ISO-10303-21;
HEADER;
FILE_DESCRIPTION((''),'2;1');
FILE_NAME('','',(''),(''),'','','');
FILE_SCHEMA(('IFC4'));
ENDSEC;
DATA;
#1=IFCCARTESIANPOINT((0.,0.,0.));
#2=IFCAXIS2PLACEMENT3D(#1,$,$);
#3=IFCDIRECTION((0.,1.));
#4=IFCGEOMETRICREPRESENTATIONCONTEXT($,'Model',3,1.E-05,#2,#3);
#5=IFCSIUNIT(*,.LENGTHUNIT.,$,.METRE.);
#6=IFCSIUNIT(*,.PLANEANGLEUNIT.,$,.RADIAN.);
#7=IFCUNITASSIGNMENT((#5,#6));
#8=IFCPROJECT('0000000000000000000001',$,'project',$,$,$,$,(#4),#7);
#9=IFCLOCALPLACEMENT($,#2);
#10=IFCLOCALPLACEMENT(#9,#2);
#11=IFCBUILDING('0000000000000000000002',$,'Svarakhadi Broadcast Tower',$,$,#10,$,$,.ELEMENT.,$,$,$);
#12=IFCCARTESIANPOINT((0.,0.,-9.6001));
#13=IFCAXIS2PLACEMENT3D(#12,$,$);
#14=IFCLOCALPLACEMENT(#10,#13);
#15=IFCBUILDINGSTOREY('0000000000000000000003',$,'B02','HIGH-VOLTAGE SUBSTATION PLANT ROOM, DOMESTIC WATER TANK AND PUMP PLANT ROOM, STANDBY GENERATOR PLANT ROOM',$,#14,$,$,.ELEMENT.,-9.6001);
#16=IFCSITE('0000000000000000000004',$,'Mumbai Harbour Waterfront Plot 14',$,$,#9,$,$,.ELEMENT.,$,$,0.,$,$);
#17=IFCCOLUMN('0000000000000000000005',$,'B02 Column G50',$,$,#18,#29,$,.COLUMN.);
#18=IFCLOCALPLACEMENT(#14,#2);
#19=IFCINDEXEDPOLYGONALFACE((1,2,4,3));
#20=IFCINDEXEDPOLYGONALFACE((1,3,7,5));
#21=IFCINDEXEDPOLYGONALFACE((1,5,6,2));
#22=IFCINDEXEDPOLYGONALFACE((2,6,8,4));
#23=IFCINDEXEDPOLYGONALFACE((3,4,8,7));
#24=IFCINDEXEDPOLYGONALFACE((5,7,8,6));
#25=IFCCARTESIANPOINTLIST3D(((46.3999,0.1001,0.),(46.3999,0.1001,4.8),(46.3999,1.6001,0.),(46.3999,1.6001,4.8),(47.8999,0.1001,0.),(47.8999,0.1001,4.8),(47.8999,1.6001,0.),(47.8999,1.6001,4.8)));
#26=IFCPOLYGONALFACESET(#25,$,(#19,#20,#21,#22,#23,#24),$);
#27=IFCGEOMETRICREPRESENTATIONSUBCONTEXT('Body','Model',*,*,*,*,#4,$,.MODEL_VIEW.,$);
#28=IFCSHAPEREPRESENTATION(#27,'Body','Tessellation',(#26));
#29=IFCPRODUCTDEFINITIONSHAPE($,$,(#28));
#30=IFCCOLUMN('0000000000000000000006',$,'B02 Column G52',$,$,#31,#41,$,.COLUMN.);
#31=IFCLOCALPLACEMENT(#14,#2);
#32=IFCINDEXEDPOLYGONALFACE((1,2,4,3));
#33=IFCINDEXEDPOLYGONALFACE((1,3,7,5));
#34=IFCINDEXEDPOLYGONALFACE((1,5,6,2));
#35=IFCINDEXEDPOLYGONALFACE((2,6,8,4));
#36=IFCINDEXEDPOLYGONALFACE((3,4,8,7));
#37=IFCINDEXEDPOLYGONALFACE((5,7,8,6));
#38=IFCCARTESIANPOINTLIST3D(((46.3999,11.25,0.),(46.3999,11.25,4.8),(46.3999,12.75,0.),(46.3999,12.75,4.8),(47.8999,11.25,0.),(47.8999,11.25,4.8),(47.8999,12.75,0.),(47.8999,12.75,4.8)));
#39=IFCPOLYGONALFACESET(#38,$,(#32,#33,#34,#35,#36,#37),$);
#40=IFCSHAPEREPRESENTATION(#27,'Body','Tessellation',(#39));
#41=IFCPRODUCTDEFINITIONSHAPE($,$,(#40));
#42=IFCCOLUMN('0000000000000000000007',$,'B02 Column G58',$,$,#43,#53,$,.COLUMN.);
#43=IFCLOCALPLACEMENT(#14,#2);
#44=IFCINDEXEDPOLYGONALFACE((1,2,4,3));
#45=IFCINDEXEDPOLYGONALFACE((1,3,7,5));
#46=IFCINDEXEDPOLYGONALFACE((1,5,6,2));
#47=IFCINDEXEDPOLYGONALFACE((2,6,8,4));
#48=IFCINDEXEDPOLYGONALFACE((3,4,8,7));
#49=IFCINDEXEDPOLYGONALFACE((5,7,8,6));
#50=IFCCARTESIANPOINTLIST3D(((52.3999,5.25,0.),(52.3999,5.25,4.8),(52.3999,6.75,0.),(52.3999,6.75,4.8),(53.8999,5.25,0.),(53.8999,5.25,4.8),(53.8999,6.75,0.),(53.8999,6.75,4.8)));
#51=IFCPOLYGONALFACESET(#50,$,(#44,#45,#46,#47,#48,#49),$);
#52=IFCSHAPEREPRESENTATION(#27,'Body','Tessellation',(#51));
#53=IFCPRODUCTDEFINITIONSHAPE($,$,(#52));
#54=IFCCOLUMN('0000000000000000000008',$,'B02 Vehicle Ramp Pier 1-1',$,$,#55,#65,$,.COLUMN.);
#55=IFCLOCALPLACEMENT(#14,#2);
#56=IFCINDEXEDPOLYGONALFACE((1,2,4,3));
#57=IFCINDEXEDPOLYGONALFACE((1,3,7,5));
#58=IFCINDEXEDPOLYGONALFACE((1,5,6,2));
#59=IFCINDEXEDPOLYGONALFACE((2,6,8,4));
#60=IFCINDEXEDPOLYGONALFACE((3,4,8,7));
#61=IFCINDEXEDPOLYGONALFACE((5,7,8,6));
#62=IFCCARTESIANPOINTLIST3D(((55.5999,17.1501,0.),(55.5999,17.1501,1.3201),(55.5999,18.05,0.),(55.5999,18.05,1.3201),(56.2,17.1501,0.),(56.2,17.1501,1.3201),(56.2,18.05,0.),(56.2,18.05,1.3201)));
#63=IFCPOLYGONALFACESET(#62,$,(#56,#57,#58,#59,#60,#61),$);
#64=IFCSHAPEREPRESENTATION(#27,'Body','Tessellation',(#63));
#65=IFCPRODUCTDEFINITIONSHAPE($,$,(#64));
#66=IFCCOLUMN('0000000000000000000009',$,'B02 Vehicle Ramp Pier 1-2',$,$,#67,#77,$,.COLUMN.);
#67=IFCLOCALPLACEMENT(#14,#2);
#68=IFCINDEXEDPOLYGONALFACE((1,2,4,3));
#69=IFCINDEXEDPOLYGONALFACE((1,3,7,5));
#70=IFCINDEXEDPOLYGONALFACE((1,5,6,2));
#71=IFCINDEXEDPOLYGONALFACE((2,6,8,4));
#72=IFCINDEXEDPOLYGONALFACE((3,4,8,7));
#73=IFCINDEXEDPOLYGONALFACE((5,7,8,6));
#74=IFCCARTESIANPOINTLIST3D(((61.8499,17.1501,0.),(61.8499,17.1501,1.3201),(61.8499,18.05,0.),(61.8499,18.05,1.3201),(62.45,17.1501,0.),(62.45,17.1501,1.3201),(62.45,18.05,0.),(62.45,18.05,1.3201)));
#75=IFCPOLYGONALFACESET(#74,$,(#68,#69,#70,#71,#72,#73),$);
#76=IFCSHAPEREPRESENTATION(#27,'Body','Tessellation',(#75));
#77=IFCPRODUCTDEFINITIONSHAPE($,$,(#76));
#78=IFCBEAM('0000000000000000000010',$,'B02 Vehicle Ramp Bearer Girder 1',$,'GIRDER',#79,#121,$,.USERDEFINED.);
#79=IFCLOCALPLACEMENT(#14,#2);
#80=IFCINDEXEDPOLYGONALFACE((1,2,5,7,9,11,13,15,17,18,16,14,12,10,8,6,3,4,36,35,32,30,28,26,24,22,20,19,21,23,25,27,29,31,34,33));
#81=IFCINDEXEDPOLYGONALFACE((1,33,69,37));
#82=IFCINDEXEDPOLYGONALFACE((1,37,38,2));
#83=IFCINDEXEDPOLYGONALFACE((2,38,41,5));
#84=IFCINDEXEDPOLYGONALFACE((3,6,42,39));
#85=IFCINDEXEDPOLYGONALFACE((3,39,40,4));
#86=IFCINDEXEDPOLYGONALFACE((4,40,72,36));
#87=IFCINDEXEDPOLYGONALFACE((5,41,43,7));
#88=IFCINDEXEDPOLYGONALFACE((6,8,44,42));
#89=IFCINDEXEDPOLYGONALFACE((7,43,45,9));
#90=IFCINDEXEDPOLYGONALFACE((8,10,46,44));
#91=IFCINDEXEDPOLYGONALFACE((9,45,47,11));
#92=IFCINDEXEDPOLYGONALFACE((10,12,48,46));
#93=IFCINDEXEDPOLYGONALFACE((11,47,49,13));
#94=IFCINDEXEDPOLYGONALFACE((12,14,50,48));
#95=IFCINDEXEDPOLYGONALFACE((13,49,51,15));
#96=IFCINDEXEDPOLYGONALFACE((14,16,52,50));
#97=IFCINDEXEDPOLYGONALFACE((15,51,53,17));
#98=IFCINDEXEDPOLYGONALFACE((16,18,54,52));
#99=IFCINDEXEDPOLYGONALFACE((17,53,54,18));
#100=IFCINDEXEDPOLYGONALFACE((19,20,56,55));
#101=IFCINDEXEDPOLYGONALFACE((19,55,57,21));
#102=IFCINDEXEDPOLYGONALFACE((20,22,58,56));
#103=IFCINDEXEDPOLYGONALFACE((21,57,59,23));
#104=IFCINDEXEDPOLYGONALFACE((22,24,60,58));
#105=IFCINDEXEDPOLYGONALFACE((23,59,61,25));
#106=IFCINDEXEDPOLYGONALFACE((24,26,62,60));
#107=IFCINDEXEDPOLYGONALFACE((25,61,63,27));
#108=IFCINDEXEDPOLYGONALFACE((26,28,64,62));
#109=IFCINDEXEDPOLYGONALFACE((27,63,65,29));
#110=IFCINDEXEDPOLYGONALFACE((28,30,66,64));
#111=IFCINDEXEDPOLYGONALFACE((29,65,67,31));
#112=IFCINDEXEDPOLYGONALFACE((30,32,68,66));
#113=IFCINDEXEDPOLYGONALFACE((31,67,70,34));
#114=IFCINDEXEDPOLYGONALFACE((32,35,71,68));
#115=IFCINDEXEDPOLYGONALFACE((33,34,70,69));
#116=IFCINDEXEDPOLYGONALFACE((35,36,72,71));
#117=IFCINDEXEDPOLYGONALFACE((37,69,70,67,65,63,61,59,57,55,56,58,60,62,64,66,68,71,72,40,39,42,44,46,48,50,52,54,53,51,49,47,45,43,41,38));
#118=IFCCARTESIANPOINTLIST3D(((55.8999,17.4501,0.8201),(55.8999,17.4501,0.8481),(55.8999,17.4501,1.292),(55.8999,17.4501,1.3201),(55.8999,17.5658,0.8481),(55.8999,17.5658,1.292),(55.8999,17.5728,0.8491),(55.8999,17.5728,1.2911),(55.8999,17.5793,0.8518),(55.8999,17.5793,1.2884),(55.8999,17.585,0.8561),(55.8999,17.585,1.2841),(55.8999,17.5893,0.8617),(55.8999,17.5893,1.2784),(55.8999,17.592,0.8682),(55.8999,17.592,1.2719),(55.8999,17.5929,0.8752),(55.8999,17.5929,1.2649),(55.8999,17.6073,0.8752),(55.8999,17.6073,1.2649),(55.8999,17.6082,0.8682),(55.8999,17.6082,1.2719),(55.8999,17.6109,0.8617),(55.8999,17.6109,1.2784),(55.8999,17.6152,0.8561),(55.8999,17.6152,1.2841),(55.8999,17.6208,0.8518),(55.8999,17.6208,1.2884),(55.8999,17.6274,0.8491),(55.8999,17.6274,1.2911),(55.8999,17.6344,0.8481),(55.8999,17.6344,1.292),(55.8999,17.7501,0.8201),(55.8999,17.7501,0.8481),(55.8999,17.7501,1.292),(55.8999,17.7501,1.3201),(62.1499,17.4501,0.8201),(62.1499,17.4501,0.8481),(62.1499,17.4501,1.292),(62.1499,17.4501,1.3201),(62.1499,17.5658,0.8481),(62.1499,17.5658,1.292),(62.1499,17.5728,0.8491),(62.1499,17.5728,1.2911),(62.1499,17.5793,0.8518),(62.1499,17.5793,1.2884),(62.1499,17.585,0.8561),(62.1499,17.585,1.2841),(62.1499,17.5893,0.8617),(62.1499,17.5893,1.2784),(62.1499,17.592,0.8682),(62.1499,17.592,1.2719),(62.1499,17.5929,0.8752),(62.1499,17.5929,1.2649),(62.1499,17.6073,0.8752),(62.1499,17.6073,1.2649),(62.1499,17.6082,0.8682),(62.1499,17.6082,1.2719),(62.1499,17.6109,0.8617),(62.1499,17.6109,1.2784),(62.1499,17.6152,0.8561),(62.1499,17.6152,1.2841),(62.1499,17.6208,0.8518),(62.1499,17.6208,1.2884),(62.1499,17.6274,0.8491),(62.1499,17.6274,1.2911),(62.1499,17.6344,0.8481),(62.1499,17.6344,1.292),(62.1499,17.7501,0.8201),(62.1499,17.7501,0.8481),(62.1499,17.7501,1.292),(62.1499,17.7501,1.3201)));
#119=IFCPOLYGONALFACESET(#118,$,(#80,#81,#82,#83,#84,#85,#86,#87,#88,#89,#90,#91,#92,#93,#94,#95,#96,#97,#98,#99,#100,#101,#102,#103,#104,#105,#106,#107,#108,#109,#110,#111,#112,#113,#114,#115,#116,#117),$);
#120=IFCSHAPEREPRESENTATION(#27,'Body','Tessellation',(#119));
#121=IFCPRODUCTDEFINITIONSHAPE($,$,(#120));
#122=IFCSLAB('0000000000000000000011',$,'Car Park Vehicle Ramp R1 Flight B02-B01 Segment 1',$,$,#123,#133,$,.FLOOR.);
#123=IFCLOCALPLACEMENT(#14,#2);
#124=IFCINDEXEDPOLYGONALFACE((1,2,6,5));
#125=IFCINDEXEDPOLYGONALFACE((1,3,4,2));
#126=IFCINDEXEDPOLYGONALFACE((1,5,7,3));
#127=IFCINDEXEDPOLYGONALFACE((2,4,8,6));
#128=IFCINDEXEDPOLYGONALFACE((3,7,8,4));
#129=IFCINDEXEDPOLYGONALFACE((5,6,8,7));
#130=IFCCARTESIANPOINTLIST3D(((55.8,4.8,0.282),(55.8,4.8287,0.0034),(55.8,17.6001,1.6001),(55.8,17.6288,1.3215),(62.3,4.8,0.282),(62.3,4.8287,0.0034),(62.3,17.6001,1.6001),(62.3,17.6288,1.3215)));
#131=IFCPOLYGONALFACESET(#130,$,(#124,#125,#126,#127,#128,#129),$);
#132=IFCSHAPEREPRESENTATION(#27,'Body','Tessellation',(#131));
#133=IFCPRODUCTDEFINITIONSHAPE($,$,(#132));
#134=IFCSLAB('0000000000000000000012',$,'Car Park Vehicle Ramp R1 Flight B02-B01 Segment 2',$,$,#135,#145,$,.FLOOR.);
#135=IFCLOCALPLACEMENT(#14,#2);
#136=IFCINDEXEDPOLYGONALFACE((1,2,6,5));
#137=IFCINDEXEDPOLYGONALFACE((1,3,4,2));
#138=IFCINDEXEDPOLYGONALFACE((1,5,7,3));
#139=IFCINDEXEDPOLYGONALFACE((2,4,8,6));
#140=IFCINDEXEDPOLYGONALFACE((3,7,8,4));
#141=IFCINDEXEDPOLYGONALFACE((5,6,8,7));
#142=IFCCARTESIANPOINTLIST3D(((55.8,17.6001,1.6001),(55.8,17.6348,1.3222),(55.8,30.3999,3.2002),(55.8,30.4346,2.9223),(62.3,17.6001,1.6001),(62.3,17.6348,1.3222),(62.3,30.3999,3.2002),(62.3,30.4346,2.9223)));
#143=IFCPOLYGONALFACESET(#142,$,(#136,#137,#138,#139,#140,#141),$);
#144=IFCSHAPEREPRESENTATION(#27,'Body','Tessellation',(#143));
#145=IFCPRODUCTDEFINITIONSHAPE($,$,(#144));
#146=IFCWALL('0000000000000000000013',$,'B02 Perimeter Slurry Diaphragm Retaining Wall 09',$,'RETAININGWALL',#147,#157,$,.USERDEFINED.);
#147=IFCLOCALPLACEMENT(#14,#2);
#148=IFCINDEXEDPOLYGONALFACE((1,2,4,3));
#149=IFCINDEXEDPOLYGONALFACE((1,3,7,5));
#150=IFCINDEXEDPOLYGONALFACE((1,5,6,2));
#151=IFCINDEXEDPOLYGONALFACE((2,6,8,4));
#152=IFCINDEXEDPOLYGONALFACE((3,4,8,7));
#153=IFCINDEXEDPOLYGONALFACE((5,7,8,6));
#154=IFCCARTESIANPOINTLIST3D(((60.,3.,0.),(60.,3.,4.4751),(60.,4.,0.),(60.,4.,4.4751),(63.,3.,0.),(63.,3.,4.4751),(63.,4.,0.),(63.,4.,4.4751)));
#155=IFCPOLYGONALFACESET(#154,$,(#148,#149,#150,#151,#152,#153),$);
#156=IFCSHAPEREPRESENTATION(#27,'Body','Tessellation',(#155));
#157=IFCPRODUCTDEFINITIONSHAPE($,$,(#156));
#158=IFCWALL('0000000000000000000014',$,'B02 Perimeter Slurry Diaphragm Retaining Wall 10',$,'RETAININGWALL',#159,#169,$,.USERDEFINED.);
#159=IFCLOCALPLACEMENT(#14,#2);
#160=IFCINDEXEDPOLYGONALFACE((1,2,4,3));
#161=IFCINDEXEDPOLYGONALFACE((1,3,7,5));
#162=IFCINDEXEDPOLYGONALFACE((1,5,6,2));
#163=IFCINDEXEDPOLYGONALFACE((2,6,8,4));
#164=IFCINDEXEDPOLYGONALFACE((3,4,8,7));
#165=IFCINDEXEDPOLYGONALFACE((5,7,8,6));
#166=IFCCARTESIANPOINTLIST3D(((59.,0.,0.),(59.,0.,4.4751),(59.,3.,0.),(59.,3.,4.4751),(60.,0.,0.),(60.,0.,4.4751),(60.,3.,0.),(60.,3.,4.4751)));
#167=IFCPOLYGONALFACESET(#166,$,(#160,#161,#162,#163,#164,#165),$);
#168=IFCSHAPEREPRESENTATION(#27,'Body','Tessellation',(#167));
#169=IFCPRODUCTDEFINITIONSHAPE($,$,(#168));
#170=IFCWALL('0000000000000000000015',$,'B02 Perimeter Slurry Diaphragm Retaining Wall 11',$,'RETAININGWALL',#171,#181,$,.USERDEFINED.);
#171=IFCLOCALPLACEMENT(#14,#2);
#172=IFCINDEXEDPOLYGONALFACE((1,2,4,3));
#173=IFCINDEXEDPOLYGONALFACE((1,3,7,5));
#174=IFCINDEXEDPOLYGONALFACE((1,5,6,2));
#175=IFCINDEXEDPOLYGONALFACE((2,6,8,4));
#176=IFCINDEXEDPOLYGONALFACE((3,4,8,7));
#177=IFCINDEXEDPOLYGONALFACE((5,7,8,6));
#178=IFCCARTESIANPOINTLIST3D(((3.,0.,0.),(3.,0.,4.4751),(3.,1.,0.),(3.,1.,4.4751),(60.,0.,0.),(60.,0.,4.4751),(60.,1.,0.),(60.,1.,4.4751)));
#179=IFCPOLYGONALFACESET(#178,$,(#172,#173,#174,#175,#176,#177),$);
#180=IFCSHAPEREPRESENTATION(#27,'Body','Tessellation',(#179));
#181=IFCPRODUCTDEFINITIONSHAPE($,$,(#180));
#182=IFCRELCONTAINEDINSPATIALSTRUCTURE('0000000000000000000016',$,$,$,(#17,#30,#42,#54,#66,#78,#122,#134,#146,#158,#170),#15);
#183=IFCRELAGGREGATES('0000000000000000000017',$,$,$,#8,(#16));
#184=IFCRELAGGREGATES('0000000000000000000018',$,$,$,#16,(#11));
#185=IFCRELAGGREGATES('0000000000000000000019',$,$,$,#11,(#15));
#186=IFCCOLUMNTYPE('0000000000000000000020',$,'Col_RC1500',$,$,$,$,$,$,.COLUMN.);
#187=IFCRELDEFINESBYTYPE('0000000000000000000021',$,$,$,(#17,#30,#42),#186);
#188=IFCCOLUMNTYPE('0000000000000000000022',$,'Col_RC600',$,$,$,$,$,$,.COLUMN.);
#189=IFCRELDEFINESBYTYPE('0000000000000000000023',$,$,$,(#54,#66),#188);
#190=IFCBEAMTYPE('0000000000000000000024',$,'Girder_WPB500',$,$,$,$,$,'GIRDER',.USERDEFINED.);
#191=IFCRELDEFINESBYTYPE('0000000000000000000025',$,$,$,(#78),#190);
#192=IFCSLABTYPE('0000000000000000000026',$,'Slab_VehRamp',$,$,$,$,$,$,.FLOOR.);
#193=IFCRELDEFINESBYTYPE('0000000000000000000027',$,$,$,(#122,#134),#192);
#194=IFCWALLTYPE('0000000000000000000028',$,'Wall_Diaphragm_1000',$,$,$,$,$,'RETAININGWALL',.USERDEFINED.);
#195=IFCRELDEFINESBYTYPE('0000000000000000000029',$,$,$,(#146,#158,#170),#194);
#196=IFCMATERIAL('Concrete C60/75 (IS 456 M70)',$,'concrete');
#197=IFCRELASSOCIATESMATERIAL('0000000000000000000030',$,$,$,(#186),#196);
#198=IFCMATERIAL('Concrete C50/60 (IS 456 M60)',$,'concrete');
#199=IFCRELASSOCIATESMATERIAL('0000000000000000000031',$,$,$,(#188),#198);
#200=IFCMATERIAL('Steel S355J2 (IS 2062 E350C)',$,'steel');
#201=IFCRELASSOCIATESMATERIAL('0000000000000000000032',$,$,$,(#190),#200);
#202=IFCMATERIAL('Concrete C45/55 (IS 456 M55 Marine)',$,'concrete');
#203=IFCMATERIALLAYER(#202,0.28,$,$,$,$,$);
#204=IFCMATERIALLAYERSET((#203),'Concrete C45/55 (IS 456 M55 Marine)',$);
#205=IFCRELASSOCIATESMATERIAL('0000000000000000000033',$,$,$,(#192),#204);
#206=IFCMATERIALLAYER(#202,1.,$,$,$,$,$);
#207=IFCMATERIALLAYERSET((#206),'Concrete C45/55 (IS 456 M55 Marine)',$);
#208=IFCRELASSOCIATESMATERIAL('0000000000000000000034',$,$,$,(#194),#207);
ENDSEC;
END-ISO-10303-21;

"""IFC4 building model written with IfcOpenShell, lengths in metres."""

from ifc_helpers import new_model, si_unit, direction, frame, frame_2d, origin, origin_2d, place, context, subcontext, project, spatial, polyline, rectangle, i_section, outline, extrude, material, layer, layer_set, material_profile, profile_set, type_object, element, save


model = new_model("IFC4")

# Units and contexts
model_context = context("Model", 3, precision=1e-05, world=origin(), true_north=direction((0.0, 1.0)))
body_context = subcontext(model_context, "Body", "Model", "MODEL_VIEW")
ifc_project = project(units=[si_unit("LENGTHUNIT", "METRE"), si_unit("PLANEANGLEUNIT", "RADIAN")], contexts=[model_context])

# Site, building, storey
site_placement = place(None, origin())
site = spatial("IfcSite", under=ifc_project, at=site_placement, Name="Mumbai Harbour Waterfront Plot 14", CompositionType="ELEMENT", RefElevation=0.0)
building_placement = place(site_placement, origin())
building = spatial("IfcBuilding", under=site, at=building_placement, Name="Svarakhadi Broadcast Tower", CompositionType="ELEMENT")
storey_placement = place(building_placement, frame((0.0, 0.0, -9.6001)))
storey = spatial("IfcBuildingStorey", under=building, at=storey_placement, Name="B02", Description="HIGH-VOLTAGE SUBSTATION PLANT ROOM, DOMESTIC WATER TANK AND PUMP PLANT ROOM, STANDBY GENERATOR PLANT ROOM", CompositionType="ELEMENT", Elevation=-9.6001)

# Shared definitions
ifc_material_1 = material(Name="Concrete C45/55 (IS 456 M55 Marine)", Category="concrete")

# Columns
ifc_material_2 = material(Name="Concrete C50/60 (IS 456 M60)", Category="concrete")
ifc_material_3 = material(Name="Concrete C60/75 (IS 456 M70)", Category="concrete")
ifc_material_profile_1 = material_profile(ifc_material_3, rectangle(XDim=1.5, YDim=1.5, at=origin_2d()), Name="RC 1500x1500")
ifc_profile_set_1 = profile_set([ifc_material_profile_1], Name="Concrete C60/75 (IS 456 M70)")
column_type_1 = type_object("IfcColumnType", Name="Col_RC1500", PredefinedType="COLUMN", material=ifc_profile_set_1)
for number, where, z_axis, x_axis, name in (
    (1, (47.1499, 0.8501, 0.0), (0.0, 0.0, 1.0), (1.0, 0.0, 0.0), "B02 Column G50"),
    (2, (47.1499, 12.0, 0.0), (0.0, 0.0, 1.0), (1.0, 0.0, 0.0), "B02 Column G52"),
    (3, (53.1499, 6.0, 0.0), (0.0, 0.0, 1.0), (1.0, 0.0, 0.0), "B02 Column G58"),
):
    element("IfcColumn", number, at=place(storey_placement, frame(where, z_axis=z_axis, x_axis=x_axis)), inside=storey, type_object=column_type_1, Name=name, PredefinedType="COLUMN", context=body_context, shape_type="SweptSolid", body=[
        extrude(rectangle(XDim=1.5, YDim=1.5, at=origin_2d()), origin(), (0.0, 0.0, 1.0), 4.8),
    ])
ifc_material_profile_2 = material_profile(ifc_material_2, rectangle(XDim=0.6001, YDim=0.8999, at=origin_2d()), Name="RC 600x900")
ifc_profile_set_2 = profile_set([ifc_material_profile_2], Name="Concrete C50/60 (IS 456 M60)")
column_type_2 = type_object("IfcColumnType", Name="Col_RC600", PredefinedType="COLUMN", material=ifc_profile_set_2)
for number, where, z_axis, x_axis, name in (
    (4, (55.8999, 17.6001, 0.0), (0.0, 0.0, 1.0), (1.0, 0.0, 0.0), "B02 Vehicle Ramp Pier 1-1"),
    (5, (62.1499, 17.6001, 0.0), (0.0, 0.0, 1.0), (1.0, 0.0, 0.0), "B02 Vehicle Ramp Pier 1-2"),
):
    element("IfcColumn", number, at=place(storey_placement, frame(where, z_axis=z_axis, x_axis=x_axis)), inside=storey, type_object=column_type_2, Name=name, PredefinedType="COLUMN", context=body_context, shape_type="SweptSolid", body=[
        extrude(rectangle(XDim=0.6001, YDim=0.8999, at=origin_2d()), origin(), (0.0, 0.0, 1.0), 1.3201),
    ])

# Beam
ifc_material_4 = material(Name="Steel S355J2 (IS 2062 E350C)", Category="steel")
ifc_material_profile_3 = material_profile(ifc_material_4, i_section(OverallWidth=0.3, OverallDepth=0.5, WebThickness=0.0144, FlangeThickness=0.0281, FilletRadius=0.0271, at=origin_2d()), Name="WPB 500x300x187")
ifc_profile_set_3 = profile_set([ifc_material_profile_3], Name="Steel S355J2 (IS 2062 E350C)")
beam_type = type_object("IfcBeamType", Name="Girder_WPB500", ElementType="GIRDER", PredefinedType="USERDEFINED", material=ifc_profile_set_3)
beam_placement = place(storey_placement, frame((55.8999, 17.6001, 1.0701), z_axis=(1.0, 0.0, 0.0), x_axis=(0.0, 1.0, 0.0)))
element("IfcBeam", 6, at=beam_placement, inside=storey, type_object=beam_type, Name="B02 Vehicle Ramp Bearer Girder 1", ObjectType="GIRDER", PredefinedType="USERDEFINED", context=body_context, shape_type="SweptSolid", body=[
    extrude(i_section(OverallWidth=0.3, OverallDepth=0.5, WebThickness=0.0144, FlangeThickness=0.0281, FilletRadius=0.0271, at=origin_2d()), origin(), (0.0, 0.0, 1.0), 6.25),
])

# Slabs
ifc_layer_1 = layer(ifc_material_1, 0.28)
ifc_layer_set_1 = layer_set([ifc_layer_1], Name="Concrete C45/55 (IS 456 M55 Marine)")
slab_type = type_object("IfcSlabType", Name="Slab_VehRamp", PredefinedType="FLOOR", material=ifc_layer_set_1)
slab_1_placement = place(storey_placement, frame((55.8, 4.8, 0.282), z_axis=(0.0, -0.102436, 0.99474), x_axis=(1.0, 0.0, 0.0)))
element("IfcSlab", 7, at=slab_1_placement, inside=storey, type_object=slab_type, Name="Car Park Vehicle Ramp R1 Flight B02-B01 Segment 1", PredefinedType="FLOOR", context=body_context, shape_type="SweptSolid", body=[
    extrude(outline(polyline([(0.0, 0.0), (6.5, 0.0), (6.5, 12.8677), (0.0, 12.8677), (0.0, 0.0)])), origin(), (0.0, 0.0, -1.0), 0.28),
])
slab_2_placement = place(storey_placement, frame((55.8, 17.6001, 1.6001), z_axis=(0.0, -0.124044, 0.992277), x_axis=(1.0, 0.0, 0.0)))
element("IfcSlab", 8, at=slab_2_placement, inside=storey, type_object=slab_type, Name="Car Park Vehicle Ramp R1 Flight B02-B01 Segment 2", PredefinedType="FLOOR", context=body_context, shape_type="SweptSolid", body=[
    extrude(outline(polyline([(0.0, 0.0), (6.5, 0.0), (6.5, 12.8994), (0.0, 12.8994), (0.0, 0.0)])), origin(), (0.0, 0.0, -1.0), 0.28),
])

# Walls
ifc_layer_2 = layer(ifc_material_1, 1.0)
ifc_layer_set_2 = layer_set([ifc_layer_2], Name="Concrete C45/55 (IS 456 M55 Marine)")
wall_type = type_object("IfcWallType", Name="Wall_Diaphragm_1000", ElementType="RETAININGWALL", PredefinedType="USERDEFINED", material=ifc_layer_set_2)
for number, where, z_axis, x_axis, name in (
    (9, (63.0, 3.5, 0.0), (0.0, 0.0, 1.0), (-1.0, 0.0, 0.0), "B02 Perimeter Slurry Diaphragm Retaining Wall 09"),
    (10, (59.5, 3.0, 0.0), (0.0, 0.0, 1.0), (0.0, -1.0, 0.0), "B02 Perimeter Slurry Diaphragm Retaining Wall 10"),
):
    element("IfcWall", number, at=place(storey_placement, frame(where, z_axis=z_axis, x_axis=x_axis)), inside=storey, type_object=wall_type, Name=name, ObjectType="RETAININGWALL", PredefinedType="USERDEFINED", context=body_context, shape_type="SweptSolid", body=[
        extrude(rectangle(XDim=3.0, YDim=1.0, at=frame_2d((1.5, 0.0))), origin(), (0.0, 0.0, 1.0), 4.4751),
    ])
wall_placement = place(storey_placement, frame((60.0, 0.5, 0.0), z_axis=(0.0, 0.0, 1.0), x_axis=(-1.0, 0.0, 0.0)))
element("IfcWall", 11, at=wall_placement, inside=storey, type_object=wall_type, Name="B02 Perimeter Slurry Diaphragm Retaining Wall 11", ObjectType="RETAININGWALL", PredefinedType="USERDEFINED", context=body_context, shape_type="SweptSolid", body=[
    extrude(rectangle(XDim=57.0, YDim=1.0, at=frame_2d((28.5, 0.0))), origin(), (0.0, 0.0, 1.0), 4.4751),
])

save(model, "model.ifc")
